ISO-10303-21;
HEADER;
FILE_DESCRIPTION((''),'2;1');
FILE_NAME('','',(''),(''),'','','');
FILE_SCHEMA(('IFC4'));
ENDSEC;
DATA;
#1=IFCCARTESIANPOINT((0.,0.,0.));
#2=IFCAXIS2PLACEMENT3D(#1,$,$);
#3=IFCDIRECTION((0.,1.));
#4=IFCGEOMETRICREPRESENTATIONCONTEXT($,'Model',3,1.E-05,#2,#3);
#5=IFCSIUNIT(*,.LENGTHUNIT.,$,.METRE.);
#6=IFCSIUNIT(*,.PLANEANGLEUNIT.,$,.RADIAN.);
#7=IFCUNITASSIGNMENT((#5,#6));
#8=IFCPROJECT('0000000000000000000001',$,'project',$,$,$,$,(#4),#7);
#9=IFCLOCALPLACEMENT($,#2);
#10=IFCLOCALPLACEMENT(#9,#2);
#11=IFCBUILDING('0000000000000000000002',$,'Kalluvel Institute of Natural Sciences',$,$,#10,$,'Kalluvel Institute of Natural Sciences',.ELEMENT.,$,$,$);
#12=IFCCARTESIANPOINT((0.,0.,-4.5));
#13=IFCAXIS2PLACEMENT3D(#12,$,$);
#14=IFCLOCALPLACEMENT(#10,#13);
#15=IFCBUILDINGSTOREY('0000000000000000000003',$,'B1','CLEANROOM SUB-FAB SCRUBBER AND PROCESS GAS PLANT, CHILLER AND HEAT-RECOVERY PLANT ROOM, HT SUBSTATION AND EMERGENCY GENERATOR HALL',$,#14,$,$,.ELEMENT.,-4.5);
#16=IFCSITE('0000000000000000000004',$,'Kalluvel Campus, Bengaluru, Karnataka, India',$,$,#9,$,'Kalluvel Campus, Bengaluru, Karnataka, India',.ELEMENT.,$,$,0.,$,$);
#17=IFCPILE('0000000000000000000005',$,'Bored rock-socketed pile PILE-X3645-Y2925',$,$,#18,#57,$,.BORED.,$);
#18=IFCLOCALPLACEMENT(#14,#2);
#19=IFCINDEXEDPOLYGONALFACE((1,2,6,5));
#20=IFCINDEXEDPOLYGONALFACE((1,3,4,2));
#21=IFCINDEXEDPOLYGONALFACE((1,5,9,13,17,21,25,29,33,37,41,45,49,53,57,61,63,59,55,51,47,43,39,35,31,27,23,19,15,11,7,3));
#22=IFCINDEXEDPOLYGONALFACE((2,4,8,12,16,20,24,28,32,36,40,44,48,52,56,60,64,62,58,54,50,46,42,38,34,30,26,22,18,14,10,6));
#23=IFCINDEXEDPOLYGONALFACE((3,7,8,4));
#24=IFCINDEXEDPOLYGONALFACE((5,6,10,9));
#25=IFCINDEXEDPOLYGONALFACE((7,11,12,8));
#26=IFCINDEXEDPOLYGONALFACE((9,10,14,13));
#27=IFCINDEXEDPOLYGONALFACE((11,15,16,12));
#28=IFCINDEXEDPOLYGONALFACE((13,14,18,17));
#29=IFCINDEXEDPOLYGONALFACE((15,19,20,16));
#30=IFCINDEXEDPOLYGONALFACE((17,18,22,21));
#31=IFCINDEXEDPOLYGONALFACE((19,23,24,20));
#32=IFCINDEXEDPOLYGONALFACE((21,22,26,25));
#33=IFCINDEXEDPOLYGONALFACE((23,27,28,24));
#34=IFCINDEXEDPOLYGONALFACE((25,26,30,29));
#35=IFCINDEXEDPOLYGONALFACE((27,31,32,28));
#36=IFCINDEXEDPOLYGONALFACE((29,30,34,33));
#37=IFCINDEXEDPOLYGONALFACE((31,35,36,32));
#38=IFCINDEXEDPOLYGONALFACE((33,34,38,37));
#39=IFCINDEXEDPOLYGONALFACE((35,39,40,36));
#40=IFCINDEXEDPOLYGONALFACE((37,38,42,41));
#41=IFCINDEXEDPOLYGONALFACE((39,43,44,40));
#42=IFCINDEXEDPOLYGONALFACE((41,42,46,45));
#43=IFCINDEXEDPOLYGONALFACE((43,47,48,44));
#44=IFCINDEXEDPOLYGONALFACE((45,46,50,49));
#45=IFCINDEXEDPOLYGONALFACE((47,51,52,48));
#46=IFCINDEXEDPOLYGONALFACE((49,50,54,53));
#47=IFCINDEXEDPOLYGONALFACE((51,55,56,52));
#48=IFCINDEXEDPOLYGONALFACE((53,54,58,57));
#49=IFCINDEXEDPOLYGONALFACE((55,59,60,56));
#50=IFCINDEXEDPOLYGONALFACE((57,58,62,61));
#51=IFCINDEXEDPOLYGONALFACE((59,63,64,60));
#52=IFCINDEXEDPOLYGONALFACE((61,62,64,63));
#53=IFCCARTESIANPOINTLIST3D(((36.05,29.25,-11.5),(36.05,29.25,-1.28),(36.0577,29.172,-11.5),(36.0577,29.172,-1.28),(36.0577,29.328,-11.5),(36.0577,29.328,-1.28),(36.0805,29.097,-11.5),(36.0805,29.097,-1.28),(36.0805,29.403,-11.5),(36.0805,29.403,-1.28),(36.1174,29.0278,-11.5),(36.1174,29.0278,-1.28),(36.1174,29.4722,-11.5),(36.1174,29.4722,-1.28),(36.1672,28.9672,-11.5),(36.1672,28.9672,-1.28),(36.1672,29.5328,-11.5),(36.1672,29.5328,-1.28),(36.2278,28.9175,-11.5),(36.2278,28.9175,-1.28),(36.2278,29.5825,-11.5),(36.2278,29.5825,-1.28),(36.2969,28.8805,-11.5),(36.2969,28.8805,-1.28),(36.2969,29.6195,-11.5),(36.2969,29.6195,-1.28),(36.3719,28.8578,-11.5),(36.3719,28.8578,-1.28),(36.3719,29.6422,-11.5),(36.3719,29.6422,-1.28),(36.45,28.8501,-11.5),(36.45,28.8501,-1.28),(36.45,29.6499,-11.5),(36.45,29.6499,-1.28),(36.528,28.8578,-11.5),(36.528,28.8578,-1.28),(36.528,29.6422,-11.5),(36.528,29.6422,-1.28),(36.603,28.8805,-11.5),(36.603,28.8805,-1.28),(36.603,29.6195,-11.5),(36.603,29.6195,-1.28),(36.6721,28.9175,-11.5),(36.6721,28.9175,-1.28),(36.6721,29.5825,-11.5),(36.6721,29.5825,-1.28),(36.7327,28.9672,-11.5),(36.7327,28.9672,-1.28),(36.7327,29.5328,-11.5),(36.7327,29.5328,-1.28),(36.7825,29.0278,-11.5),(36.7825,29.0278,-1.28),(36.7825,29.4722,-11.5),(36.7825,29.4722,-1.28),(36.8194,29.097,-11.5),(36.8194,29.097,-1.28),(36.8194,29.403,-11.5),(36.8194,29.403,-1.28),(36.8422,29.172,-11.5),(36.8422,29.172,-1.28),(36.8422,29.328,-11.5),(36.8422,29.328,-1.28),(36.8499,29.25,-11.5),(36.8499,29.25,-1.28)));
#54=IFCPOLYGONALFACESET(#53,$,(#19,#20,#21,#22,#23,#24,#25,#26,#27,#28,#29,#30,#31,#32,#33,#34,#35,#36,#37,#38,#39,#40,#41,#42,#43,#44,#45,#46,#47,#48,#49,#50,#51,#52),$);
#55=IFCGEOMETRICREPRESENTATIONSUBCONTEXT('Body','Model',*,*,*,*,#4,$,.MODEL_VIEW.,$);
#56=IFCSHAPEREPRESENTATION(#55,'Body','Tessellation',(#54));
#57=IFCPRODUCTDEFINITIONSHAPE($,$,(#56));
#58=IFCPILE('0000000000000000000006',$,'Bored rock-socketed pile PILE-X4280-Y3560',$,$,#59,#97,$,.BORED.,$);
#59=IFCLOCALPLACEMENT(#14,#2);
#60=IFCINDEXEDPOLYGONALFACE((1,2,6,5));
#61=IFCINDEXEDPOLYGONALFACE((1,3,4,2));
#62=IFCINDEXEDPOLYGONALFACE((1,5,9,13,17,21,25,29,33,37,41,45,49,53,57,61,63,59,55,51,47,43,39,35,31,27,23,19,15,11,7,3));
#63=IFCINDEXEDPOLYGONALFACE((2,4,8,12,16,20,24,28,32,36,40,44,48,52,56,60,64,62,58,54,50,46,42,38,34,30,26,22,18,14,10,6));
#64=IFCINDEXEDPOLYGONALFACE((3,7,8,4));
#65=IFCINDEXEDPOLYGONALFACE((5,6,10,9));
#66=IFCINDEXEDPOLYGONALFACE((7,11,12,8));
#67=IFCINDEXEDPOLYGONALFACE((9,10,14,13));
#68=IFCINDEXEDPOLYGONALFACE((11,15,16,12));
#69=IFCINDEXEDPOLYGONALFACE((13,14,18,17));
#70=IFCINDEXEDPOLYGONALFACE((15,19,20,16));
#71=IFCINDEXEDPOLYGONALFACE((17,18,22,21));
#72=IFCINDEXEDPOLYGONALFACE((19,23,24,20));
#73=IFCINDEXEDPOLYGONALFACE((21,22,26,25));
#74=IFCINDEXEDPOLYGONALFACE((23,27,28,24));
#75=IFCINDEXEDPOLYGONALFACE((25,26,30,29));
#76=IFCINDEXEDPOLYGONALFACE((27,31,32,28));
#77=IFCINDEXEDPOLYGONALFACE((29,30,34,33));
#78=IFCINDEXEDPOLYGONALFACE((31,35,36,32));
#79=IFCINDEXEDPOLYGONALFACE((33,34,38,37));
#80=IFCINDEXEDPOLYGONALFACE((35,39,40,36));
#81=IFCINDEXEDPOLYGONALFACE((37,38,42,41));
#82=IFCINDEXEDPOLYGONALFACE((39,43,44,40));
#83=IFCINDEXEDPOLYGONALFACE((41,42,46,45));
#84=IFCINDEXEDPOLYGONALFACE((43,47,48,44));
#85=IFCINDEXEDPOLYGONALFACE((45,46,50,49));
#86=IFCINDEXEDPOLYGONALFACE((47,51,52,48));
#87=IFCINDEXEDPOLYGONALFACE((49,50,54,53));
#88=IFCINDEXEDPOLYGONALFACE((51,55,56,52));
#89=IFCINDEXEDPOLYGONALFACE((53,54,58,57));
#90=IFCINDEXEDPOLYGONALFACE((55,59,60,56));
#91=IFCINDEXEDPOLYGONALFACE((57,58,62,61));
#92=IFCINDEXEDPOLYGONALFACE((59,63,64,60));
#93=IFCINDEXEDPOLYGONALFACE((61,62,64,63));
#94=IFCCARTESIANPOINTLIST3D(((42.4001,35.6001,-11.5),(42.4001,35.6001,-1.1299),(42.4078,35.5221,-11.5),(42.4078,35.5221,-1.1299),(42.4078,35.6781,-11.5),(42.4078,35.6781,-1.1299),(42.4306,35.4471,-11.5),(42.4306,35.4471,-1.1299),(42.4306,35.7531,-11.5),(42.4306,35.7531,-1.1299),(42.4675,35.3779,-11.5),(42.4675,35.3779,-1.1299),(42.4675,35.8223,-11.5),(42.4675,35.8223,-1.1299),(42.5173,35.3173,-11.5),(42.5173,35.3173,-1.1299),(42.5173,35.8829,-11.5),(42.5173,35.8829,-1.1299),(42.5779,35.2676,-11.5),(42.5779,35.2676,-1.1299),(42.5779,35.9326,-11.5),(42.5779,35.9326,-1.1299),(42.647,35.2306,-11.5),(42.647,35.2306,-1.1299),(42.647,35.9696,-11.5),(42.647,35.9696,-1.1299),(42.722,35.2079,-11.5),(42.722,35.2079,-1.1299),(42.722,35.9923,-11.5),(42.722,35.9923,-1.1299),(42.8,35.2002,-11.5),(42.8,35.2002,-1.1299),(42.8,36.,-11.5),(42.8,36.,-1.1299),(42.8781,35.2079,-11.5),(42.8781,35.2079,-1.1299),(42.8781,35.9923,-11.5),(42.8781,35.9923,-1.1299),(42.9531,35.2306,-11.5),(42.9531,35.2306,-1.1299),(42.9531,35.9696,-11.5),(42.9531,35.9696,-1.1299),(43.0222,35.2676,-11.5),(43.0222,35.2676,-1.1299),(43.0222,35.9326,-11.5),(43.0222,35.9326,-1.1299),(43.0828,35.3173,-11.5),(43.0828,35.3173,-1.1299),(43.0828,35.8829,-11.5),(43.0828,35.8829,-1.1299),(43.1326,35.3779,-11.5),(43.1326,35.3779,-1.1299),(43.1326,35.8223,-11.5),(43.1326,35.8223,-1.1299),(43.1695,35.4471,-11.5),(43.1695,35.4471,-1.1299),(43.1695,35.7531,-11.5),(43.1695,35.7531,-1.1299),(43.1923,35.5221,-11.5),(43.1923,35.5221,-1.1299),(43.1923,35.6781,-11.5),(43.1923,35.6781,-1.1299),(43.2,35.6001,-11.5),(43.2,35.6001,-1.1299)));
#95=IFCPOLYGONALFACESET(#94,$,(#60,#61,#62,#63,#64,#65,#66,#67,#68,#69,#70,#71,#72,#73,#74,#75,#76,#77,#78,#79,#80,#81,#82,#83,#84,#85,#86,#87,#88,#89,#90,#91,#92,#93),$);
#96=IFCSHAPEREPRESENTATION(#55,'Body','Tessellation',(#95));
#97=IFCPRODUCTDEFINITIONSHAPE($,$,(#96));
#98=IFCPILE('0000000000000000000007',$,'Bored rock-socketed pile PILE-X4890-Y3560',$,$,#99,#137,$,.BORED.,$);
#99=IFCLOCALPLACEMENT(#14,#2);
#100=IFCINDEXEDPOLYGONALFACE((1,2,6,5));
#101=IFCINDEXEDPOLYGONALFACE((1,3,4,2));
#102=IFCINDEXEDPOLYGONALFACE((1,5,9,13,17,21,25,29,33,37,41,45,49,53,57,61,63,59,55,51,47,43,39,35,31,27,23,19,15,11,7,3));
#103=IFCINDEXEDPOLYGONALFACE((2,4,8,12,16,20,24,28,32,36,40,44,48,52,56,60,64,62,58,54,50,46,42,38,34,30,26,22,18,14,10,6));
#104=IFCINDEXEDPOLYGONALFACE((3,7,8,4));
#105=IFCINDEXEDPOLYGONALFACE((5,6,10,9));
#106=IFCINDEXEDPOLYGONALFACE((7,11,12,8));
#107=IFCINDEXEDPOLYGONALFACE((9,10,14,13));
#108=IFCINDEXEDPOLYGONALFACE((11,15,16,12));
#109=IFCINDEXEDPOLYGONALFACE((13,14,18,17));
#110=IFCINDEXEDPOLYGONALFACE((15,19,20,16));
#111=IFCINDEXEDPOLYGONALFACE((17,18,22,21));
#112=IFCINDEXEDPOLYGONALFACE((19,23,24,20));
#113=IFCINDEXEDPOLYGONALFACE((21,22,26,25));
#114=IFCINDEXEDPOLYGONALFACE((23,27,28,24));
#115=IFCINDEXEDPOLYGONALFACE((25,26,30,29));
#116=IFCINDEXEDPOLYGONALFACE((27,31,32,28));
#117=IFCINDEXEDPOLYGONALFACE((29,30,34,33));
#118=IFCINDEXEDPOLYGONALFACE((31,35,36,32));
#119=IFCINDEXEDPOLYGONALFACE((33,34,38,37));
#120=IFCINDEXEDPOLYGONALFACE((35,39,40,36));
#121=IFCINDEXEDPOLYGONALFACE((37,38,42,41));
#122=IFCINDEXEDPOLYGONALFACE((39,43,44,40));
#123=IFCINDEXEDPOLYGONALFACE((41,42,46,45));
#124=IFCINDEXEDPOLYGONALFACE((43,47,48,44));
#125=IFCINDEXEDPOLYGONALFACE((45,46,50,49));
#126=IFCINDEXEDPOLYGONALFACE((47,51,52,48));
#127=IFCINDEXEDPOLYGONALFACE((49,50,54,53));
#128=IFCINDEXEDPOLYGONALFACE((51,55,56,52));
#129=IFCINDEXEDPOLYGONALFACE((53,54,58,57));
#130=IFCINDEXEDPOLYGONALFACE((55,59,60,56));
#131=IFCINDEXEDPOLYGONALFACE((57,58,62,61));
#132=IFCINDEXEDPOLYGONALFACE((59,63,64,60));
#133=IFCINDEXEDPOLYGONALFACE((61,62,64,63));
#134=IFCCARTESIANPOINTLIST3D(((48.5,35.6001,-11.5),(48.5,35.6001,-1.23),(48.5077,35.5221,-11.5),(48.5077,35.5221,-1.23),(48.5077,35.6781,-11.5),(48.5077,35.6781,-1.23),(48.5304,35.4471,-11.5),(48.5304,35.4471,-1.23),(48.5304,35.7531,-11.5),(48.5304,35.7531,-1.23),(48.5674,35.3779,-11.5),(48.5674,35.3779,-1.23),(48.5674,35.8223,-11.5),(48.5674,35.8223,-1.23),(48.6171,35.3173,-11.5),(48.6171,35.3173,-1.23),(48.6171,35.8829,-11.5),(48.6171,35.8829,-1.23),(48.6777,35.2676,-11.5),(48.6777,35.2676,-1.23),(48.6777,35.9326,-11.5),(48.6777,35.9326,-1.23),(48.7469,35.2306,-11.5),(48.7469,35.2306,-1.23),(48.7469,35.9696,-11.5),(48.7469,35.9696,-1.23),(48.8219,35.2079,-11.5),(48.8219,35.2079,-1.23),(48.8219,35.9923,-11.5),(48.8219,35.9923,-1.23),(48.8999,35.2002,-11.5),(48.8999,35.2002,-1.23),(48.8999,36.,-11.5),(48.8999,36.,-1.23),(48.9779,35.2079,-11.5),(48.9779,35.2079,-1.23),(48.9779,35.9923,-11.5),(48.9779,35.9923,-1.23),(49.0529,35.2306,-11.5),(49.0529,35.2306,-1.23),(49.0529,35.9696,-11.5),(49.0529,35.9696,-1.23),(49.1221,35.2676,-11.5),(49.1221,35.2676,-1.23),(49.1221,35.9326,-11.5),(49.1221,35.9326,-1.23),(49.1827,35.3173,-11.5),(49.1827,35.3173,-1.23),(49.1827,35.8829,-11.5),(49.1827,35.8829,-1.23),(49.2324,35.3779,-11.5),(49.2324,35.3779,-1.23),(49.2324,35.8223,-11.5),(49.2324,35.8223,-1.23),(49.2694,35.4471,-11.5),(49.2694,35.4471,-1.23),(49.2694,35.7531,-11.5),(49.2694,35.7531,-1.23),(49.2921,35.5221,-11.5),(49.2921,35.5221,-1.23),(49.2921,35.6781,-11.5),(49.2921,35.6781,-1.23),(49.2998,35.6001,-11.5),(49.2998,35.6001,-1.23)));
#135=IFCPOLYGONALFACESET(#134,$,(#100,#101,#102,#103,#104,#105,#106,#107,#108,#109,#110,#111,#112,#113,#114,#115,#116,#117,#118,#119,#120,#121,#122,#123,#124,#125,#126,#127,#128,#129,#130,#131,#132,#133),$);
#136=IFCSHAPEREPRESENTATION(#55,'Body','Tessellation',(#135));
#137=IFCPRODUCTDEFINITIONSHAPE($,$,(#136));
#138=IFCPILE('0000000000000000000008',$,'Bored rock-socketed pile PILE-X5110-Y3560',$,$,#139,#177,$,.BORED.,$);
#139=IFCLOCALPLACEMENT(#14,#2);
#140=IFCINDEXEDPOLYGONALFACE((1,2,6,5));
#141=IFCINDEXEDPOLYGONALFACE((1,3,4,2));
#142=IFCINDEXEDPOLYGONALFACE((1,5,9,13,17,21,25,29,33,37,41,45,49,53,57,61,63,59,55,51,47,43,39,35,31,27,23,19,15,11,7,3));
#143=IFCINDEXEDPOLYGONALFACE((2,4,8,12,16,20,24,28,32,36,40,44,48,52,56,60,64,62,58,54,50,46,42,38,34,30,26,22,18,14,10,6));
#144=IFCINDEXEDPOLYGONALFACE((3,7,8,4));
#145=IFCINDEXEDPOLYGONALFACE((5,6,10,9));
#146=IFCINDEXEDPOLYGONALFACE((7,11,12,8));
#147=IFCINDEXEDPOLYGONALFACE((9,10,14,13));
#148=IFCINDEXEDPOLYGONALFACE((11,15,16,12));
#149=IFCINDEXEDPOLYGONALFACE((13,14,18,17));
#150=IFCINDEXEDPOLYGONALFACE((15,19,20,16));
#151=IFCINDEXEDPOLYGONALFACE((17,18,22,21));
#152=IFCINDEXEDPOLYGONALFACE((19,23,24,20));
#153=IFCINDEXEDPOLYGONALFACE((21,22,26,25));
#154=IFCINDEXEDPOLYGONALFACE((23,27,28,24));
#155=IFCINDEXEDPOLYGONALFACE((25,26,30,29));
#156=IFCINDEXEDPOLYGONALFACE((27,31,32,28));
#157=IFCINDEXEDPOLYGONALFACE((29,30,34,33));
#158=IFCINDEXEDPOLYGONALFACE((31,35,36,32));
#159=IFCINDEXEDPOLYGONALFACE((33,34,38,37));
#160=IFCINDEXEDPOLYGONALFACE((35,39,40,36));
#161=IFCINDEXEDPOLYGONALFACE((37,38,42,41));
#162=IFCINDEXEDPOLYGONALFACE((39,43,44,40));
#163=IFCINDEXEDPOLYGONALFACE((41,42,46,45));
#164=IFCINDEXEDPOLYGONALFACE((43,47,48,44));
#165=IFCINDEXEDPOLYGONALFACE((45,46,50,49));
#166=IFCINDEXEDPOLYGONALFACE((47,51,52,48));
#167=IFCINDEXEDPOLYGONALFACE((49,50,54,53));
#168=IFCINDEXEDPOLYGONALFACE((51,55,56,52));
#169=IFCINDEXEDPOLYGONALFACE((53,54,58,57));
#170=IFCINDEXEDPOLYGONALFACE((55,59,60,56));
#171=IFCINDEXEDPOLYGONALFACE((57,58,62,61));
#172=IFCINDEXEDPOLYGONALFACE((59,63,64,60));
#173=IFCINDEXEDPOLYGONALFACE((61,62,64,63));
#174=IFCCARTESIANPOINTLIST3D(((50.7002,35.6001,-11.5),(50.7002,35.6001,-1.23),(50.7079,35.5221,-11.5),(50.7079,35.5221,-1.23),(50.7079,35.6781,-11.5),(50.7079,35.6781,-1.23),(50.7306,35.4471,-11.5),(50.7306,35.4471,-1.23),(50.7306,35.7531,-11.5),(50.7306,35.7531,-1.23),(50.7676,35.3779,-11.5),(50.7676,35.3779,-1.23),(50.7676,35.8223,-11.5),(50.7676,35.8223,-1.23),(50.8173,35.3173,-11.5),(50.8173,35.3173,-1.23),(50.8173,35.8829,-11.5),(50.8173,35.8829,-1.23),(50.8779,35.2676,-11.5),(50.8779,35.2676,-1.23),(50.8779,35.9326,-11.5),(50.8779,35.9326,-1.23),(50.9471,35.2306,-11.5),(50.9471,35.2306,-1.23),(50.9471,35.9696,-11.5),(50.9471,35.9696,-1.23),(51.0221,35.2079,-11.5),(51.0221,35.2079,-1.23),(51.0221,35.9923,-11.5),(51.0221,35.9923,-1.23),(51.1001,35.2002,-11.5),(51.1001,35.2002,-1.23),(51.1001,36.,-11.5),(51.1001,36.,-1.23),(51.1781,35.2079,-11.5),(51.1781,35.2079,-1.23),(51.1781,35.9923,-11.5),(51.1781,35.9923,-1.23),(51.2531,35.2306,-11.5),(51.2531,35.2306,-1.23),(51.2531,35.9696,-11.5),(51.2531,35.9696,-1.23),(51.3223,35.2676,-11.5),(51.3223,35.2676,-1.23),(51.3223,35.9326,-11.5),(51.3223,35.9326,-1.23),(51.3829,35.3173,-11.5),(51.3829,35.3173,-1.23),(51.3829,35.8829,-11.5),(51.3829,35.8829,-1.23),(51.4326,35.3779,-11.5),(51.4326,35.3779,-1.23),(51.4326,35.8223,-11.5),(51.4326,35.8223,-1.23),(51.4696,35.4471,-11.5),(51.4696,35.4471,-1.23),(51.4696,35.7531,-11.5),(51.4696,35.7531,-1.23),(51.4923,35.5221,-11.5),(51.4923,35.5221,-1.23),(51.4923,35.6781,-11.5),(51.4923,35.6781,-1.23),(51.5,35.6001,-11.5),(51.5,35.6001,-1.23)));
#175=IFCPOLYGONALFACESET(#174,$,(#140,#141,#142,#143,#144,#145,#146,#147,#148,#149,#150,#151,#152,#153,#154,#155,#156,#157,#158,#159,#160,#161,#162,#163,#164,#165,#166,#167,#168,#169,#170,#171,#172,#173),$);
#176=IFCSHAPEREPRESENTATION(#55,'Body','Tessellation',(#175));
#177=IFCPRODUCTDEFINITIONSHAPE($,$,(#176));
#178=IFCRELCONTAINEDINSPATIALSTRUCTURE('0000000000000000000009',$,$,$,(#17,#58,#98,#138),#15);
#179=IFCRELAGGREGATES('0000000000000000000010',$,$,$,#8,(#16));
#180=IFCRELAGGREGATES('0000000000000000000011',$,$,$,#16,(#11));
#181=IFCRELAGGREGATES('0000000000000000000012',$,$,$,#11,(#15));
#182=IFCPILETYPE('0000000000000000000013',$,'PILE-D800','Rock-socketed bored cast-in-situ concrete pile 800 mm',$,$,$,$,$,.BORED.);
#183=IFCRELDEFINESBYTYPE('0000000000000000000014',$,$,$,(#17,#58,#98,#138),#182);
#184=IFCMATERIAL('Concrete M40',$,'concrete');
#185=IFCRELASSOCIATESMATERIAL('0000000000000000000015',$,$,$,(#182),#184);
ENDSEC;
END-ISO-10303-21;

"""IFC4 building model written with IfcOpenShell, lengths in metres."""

from ifc_helpers import new_model, si_unit, direction, frame, origin, origin_2d, place, context, subcontext, project, spatial, circle, extrude, material, material_profile, profile_set, type_object, element, save


model = new_model("IFC4")

# Units and contexts
model_context = context("Model", 3, precision=1e-05, world=origin(), true_north=direction((0.0, 1.0)))
body_context = subcontext(model_context, "Body", "Model", "MODEL_VIEW")
ifc_project = project(units=[si_unit("LENGTHUNIT", "METRE"), si_unit("PLANEANGLEUNIT", "RADIAN")], contexts=[model_context])

# Site, building, storey
site_placement = place(None, origin())
site = spatial("IfcSite", under=ifc_project, at=site_placement, Name="Kalluvel Campus, Bengaluru, Karnataka, India", LongName="Kalluvel Campus, Bengaluru, Karnataka, India", CompositionType="ELEMENT", RefElevation=0.0)
building_placement = place(site_placement, origin())
building = spatial("IfcBuilding", under=site, at=building_placement, Name="Kalluvel Institute of Natural Sciences", LongName="Kalluvel Institute of Natural Sciences", CompositionType="ELEMENT")
storey_placement = place(building_placement, frame((0.0, 0.0, -4.5)))
storey = spatial("IfcBuildingStorey", under=building, at=storey_placement, Name="B1", Description="CLEANROOM SUB-FAB SCRUBBER AND PROCESS GAS PLANT, CHILLER AND HEAT-RECOVERY PLANT ROOM, HT SUBSTATION AND EMERGENCY GENERATOR HALL", CompositionType="ELEMENT", Elevation=-4.5)

# Shared definitions
ifc_material_1 = material(Name="Concrete M40", Category="concrete")

# Piles
ifc_material_profile_1 = material_profile(ifc_material_1, circle(Radius=0.3999, at=origin_2d()), Name="PILE D800")
ifc_profile_set_1 = profile_set([ifc_material_profile_1], Name="Concrete M40")
pile_type_1 = type_object("IfcPileType", Name="PILE-D800", Description="Rock-socketed bored cast-in-situ concrete pile 800 mm", PredefinedType="BORED", material=ifc_profile_set_1)
pile_1_placement = place(storey_placement, frame((36.45, 29.25, -1.28), z_axis=(0.0, 0.0, -1.0), x_axis=(1.0, 0.0, 0.0)))
element("IfcPile", 1, at=pile_1_placement, inside=storey, type_object=pile_type_1, Name="Bored rock-socketed pile PILE-X3645-Y2925", PredefinedType="BORED", context=body_context, shape_type="SweptSolid", body=[
    extrude(circle(Radius=0.3999, at=origin_2d()), origin(), (0.0, 0.0, 1.0), 10.22),
])
pile_2_placement = place(storey_placement, frame((42.8, 35.6001, -1.1299), z_axis=(0.0, 0.0, -1.0), x_axis=(1.0, 0.0, 0.0)))
element("IfcPile", 2, at=pile_2_placement, inside=storey, type_object=pile_type_1, Name="Bored rock-socketed pile PILE-X4280-Y3560", PredefinedType="BORED", context=body_context, shape_type="SweptSolid", body=[
    extrude(circle(Radius=0.3999, at=origin_2d()), origin(), (0.0, 0.0, 1.0), 10.3701),
])
for number, where, z_axis, x_axis, name in (
    (3, (48.8999, 35.6001, -1.23), (0.0, 0.0, -1.0), (1.0, 0.0, 0.0), "Bored rock-socketed pile PILE-X4890-Y3560"),
    (4, (51.1001, 35.6001, -1.23), (0.0, 0.0, -1.0), (1.0, 0.0, 0.0), "Bored rock-socketed pile PILE-X5110-Y3560"),
):
    element("IfcPile", number, at=place(storey_placement, frame(where, z_axis=z_axis, x_axis=x_axis)), inside=storey, type_object=pile_type_1, Name=name, PredefinedType="BORED", context=body_context, shape_type="SweptSolid", body=[
        extrude(circle(Radius=0.3999, at=origin_2d()), origin(), (0.0, 0.0, 1.0), 10.27),
    ])

save(model, "model.ifc")
